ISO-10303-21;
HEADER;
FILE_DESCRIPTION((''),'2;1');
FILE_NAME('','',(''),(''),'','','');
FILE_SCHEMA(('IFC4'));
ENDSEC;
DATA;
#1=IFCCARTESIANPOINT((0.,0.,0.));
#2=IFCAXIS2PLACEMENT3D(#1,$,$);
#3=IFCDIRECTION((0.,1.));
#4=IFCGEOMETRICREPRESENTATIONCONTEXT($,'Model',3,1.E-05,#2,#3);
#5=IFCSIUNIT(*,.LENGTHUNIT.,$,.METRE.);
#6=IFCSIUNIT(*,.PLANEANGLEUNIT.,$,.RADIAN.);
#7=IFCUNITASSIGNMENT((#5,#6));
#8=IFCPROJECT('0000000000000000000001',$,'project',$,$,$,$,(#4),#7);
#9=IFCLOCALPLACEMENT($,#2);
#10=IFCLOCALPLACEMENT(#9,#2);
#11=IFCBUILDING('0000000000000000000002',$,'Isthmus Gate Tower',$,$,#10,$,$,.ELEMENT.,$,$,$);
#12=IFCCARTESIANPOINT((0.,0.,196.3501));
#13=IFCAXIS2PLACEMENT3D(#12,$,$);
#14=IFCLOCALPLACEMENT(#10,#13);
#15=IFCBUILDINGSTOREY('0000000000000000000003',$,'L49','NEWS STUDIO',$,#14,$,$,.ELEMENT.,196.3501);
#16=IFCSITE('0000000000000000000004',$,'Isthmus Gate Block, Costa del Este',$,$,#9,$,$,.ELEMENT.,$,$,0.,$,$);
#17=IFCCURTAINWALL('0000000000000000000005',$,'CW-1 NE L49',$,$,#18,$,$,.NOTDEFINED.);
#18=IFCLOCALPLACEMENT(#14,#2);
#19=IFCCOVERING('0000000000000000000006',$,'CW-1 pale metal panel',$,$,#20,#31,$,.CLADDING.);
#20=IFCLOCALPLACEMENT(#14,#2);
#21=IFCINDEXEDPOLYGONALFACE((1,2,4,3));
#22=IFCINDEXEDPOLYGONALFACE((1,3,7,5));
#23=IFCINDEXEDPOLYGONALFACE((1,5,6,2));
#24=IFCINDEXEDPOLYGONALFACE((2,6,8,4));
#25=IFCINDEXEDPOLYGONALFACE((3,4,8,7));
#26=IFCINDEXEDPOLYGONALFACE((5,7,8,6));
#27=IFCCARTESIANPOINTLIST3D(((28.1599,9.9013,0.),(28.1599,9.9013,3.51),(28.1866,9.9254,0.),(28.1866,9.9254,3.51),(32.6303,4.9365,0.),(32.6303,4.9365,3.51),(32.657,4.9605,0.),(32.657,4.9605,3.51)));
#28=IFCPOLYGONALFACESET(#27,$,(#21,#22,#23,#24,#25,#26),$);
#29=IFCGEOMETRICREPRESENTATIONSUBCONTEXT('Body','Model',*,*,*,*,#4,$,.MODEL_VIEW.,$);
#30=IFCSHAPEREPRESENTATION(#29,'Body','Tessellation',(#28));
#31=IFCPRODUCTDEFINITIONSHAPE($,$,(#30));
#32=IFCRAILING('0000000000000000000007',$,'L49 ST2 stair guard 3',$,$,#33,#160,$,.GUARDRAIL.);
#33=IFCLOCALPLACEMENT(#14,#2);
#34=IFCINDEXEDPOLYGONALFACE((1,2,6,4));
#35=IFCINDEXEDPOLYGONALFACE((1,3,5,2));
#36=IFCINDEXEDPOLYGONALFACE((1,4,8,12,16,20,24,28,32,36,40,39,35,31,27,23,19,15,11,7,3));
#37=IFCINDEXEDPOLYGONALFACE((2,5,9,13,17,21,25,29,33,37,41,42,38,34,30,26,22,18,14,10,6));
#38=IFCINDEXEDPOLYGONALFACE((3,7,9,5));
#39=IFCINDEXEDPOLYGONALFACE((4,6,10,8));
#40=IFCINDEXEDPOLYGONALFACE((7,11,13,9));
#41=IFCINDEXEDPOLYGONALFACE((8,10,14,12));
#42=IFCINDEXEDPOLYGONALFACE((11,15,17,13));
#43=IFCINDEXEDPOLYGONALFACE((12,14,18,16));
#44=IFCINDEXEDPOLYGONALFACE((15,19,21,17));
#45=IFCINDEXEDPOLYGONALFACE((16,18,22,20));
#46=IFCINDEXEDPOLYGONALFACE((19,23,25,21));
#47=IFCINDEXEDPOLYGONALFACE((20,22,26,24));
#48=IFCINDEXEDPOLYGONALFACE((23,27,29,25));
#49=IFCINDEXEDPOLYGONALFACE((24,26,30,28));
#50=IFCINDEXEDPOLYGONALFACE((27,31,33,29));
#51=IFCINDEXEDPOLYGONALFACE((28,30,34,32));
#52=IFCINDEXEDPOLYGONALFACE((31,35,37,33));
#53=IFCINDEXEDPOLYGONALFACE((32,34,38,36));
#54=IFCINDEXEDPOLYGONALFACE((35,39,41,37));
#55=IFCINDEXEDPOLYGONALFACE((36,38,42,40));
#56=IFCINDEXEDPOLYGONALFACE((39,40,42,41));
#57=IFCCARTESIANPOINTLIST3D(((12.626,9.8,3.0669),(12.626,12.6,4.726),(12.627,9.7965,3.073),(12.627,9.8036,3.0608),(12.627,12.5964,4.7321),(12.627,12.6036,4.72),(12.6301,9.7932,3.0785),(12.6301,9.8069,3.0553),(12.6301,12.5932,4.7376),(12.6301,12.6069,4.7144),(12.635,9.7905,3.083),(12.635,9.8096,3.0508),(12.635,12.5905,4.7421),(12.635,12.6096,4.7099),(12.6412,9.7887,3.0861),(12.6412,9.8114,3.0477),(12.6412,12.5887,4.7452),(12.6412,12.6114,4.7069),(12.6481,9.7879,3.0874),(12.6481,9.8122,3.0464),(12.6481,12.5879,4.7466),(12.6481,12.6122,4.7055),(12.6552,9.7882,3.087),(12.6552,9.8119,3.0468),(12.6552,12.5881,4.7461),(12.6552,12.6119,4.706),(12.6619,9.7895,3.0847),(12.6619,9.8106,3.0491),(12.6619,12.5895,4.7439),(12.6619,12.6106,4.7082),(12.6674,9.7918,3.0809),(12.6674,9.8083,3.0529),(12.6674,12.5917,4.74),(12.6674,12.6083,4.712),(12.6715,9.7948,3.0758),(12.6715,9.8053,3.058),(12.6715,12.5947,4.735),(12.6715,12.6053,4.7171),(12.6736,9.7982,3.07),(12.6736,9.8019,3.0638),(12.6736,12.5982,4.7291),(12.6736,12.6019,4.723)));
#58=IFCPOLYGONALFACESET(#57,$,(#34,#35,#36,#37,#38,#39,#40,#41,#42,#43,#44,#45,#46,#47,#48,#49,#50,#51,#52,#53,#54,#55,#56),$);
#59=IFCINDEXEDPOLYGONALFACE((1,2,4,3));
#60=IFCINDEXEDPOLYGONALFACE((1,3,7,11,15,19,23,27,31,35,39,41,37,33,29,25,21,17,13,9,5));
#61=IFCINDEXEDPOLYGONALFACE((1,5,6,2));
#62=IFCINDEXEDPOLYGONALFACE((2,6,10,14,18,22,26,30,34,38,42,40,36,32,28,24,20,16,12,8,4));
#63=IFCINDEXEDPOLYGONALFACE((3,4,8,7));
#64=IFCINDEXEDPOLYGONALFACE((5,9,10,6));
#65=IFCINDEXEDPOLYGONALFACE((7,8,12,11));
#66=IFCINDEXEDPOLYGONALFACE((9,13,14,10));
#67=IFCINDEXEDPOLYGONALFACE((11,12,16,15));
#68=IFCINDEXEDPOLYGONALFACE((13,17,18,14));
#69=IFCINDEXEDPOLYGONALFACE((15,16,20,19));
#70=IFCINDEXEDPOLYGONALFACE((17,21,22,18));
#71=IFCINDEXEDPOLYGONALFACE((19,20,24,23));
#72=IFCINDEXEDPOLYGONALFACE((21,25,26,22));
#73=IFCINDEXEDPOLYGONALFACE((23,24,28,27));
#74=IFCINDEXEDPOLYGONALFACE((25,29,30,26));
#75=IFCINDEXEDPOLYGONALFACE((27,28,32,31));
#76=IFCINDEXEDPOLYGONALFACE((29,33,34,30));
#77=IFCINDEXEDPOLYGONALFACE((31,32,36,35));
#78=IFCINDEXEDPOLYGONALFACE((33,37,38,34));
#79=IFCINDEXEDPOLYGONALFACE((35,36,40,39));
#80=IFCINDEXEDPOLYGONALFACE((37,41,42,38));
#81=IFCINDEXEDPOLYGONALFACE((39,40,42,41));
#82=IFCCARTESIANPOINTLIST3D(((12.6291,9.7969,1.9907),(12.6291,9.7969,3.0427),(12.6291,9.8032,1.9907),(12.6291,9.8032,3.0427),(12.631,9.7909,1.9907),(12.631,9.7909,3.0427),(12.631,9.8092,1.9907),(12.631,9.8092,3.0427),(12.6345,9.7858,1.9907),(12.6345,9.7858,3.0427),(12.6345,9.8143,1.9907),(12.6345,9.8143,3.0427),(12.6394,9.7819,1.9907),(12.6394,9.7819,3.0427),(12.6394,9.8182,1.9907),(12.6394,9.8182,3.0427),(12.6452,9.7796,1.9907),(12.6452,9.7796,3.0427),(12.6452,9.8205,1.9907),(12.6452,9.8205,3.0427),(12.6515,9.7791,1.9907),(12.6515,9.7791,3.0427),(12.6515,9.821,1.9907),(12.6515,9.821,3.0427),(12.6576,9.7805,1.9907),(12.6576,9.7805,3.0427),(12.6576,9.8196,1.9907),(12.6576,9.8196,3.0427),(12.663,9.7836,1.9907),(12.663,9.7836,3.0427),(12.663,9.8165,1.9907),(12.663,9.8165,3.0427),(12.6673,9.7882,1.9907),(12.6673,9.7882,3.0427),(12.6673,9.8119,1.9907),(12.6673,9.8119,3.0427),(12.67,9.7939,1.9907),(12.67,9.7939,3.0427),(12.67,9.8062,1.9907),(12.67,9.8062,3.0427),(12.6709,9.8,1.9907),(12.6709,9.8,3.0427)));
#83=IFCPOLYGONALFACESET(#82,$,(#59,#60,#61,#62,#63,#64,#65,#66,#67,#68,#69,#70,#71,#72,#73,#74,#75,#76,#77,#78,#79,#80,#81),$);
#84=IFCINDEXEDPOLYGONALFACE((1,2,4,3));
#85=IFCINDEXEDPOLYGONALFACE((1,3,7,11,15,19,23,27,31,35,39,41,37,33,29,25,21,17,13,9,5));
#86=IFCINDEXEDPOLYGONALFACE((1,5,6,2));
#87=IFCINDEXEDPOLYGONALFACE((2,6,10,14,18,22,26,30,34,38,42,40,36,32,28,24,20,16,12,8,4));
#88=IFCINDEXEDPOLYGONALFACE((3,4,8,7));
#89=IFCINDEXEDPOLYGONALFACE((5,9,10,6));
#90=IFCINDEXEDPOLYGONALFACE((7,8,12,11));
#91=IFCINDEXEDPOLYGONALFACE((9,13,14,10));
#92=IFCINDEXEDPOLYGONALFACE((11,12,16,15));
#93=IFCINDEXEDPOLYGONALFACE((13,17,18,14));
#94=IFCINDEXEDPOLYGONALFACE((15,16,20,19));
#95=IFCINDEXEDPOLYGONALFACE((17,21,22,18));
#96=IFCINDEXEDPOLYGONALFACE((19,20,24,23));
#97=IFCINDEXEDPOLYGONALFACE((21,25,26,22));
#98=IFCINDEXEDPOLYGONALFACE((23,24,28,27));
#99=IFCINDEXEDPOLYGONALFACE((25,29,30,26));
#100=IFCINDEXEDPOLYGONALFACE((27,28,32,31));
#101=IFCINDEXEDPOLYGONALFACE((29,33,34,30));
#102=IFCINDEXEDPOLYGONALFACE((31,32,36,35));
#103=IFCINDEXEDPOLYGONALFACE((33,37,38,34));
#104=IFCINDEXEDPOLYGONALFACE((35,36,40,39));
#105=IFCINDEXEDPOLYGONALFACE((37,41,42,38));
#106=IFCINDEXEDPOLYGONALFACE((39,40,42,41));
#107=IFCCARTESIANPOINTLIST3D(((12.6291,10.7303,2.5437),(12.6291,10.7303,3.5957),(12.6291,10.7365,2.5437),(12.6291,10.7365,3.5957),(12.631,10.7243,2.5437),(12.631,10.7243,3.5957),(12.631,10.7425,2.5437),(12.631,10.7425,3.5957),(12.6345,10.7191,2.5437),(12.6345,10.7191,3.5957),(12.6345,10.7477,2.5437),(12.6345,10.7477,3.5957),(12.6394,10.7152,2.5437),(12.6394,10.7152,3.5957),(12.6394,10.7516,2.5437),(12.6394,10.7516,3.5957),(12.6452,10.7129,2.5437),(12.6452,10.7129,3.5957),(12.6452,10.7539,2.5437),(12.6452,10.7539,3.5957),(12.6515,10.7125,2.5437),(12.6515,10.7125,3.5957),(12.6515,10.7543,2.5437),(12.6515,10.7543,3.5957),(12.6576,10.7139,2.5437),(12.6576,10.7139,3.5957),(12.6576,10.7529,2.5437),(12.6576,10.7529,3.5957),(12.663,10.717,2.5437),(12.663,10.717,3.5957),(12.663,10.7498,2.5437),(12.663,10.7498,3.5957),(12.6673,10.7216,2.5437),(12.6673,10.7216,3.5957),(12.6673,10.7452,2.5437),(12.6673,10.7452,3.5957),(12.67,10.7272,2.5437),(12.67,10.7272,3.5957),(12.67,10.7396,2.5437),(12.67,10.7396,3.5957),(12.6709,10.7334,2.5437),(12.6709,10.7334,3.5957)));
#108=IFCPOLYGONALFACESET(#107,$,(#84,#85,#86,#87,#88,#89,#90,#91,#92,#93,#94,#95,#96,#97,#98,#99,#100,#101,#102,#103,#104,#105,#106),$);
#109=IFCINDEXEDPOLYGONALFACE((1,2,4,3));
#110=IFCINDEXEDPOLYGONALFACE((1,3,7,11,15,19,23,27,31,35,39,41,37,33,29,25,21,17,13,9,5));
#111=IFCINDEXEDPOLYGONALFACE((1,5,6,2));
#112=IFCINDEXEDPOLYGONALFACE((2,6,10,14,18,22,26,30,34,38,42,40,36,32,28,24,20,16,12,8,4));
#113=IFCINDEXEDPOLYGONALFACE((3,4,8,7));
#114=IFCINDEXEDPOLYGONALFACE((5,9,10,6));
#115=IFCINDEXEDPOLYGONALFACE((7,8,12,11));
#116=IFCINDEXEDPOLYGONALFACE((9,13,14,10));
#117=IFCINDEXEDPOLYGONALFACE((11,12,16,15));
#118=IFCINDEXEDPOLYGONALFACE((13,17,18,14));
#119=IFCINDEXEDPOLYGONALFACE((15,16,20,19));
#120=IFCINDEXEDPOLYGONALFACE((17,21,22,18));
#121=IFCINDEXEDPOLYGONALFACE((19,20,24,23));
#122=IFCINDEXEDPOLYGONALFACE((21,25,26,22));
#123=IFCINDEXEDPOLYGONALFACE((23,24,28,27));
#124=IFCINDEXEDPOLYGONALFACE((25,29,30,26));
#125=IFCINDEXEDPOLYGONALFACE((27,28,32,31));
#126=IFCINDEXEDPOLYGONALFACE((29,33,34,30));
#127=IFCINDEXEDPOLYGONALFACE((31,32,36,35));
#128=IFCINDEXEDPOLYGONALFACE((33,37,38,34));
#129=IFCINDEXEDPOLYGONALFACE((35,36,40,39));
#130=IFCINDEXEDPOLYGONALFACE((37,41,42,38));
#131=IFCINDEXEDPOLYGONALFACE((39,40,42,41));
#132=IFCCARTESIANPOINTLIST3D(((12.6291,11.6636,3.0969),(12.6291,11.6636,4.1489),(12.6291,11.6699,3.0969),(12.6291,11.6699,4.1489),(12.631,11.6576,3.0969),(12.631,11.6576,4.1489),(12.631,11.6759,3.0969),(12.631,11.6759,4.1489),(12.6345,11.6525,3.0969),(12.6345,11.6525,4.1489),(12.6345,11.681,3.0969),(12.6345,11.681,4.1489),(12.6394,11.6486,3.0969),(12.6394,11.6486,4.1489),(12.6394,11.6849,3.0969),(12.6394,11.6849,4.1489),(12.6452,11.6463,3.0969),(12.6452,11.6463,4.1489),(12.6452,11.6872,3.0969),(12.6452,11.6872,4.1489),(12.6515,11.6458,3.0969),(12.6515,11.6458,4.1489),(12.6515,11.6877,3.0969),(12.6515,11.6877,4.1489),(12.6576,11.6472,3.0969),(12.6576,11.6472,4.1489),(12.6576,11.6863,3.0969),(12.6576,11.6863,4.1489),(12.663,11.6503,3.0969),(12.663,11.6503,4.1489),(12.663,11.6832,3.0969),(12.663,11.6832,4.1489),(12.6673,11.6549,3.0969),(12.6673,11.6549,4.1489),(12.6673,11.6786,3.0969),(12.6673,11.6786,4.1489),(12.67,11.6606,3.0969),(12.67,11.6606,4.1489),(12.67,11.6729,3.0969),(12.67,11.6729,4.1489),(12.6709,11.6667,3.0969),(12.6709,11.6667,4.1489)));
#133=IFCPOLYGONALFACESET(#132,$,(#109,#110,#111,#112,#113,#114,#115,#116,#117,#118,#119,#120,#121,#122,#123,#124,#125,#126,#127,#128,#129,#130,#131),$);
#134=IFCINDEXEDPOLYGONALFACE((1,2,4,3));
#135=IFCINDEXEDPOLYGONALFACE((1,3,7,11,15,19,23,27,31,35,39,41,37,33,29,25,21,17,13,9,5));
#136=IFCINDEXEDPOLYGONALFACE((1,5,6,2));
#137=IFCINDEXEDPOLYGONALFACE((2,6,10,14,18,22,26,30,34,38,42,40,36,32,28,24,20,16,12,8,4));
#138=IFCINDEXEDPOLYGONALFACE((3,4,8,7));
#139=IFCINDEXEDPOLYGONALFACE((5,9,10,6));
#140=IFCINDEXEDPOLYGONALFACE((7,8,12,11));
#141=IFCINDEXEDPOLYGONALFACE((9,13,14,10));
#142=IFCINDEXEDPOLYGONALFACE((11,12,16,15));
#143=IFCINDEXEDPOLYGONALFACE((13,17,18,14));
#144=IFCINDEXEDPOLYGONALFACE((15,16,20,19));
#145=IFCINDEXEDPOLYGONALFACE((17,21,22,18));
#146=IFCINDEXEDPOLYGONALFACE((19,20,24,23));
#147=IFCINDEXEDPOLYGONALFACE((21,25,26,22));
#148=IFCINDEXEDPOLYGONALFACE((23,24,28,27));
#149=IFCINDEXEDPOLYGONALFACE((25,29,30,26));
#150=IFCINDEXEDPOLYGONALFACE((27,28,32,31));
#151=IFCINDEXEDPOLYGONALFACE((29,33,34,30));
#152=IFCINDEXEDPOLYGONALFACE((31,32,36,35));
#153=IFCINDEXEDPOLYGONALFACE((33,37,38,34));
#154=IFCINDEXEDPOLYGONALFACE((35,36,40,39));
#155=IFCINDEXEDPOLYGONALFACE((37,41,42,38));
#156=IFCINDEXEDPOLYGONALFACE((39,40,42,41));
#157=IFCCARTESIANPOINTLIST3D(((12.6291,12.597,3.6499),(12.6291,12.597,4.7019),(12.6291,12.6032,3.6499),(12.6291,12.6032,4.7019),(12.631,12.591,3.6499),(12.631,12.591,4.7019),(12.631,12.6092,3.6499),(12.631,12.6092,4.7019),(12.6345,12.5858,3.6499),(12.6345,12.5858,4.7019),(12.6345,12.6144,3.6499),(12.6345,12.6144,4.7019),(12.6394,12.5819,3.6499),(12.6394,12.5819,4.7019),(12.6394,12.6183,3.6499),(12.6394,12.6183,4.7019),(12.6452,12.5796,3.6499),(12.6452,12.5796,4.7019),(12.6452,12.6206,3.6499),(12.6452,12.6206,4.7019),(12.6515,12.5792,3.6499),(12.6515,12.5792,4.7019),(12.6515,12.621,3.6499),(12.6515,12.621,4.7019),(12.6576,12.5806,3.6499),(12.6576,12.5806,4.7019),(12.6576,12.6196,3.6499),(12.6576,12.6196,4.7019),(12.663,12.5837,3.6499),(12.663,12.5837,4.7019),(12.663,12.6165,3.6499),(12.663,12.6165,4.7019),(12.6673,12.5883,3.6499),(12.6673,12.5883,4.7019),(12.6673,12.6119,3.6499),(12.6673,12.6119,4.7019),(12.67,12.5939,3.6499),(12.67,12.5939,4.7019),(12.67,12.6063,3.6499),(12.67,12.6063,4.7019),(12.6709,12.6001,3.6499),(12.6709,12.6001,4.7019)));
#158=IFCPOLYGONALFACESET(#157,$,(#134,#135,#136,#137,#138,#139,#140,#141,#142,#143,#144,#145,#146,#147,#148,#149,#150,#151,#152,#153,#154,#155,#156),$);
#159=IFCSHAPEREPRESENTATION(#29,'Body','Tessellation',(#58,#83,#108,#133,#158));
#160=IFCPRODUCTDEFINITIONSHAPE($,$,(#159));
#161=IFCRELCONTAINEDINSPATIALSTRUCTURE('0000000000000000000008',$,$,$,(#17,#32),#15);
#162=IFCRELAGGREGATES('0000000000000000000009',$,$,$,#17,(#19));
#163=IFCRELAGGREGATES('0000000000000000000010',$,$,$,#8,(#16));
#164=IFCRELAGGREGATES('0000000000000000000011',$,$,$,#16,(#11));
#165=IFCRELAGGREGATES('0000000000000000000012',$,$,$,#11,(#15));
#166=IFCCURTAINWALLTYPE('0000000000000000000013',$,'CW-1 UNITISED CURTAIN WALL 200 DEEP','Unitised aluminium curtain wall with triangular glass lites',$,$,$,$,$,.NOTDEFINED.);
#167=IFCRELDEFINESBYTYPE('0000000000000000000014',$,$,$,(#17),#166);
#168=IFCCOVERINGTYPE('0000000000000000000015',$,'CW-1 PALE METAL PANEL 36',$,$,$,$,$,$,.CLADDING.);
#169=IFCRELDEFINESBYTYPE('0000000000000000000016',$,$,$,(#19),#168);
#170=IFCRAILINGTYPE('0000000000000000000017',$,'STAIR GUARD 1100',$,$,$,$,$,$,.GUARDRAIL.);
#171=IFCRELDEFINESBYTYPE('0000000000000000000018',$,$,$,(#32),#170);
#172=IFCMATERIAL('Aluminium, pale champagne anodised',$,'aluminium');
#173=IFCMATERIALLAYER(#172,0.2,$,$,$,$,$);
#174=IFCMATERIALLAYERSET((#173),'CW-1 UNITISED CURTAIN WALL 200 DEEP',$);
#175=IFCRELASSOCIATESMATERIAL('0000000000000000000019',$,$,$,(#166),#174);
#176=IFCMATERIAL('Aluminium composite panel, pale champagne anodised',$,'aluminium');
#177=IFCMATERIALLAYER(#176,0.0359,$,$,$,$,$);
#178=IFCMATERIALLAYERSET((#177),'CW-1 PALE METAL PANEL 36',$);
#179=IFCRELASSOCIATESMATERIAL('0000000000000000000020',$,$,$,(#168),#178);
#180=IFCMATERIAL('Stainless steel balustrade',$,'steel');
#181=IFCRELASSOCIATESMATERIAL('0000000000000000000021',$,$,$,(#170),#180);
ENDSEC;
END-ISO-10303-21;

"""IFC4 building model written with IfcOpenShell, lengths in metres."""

from ifc_helpers import new_model, si_unit, direction, frame, origin, origin_2d, place, context, subcontext, project, spatial, rectangle, circle, extrude, material, layer, layer_set, type_object, element, aggregate, save


model = new_model("IFC4")

# Units and contexts
model_context = context("Model", 3, precision=1e-05, world=origin(), true_north=direction((0.0, 1.0)))
body_context = subcontext(model_context, "Body", "Model", "MODEL_VIEW")
ifc_project = project(units=[si_unit("LENGTHUNIT", "METRE"), si_unit("PLANEANGLEUNIT", "RADIAN")], contexts=[model_context])

# Site, building, storey
site_placement = place(None, origin())
site = spatial("IfcSite", under=ifc_project, at=site_placement, Name="Isthmus Gate Block, Costa del Este", CompositionType="ELEMENT", RefElevation=0.0)
building_placement = place(site_placement, origin())
building = spatial("IfcBuilding", under=site, at=building_placement, Name="Isthmus Gate Tower", CompositionType="ELEMENT")
storey_placement = place(building_placement, frame((0.0, 0.0, 196.3501)))
storey = spatial("IfcBuildingStorey", under=building, at=storey_placement, Name="L49", Description="NEWS STUDIO", CompositionType="ELEMENT", Elevation=196.3501)

# Curtain wall
ifc_material_1 = material(Name="Aluminium, pale champagne anodised", Category="aluminium")
ifc_layer_1 = layer(ifc_material_1, 0.2)
ifc_layer_set_1 = layer_set([ifc_layer_1], Name="CW-1 UNITISED CURTAIN WALL 200 DEEP")
curtain_wall_type = type_object("IfcCurtainWallType", Name="CW-1 UNITISED CURTAIN WALL 200 DEEP", Description="Unitised aluminium curtain wall with triangular glass lites", PredefinedType="NOTDEFINED", material=ifc_layer_set_1)
curtain_wall_placement = place(storey_placement, origin())
curtain_wall = element("IfcCurtainWall", 1, at=curtain_wall_placement, inside=storey, type_object=curtain_wall_type, Name="CW-1 NE L49", PredefinedType="NOTDEFINED")

# Covering
ifc_material_2 = material(Name="Aluminium composite panel, pale champagne anodised", Category="aluminium")
ifc_layer_2 = layer(ifc_material_2, 0.0359)
ifc_layer_set_2 = layer_set([ifc_layer_2], Name="CW-1 PALE METAL PANEL 36")
covering_type = type_object("IfcCoveringType", Name="CW-1 PALE METAL PANEL 36", PredefinedType="CLADDING", material=ifc_layer_set_2)
covering_placement = place(storey_placement, frame((30.4084, 7.4309, 0.0), z_axis=(0.0, 0.0, 1.0), x_axis=(-0.669131, 0.743145, 0.0)))
covering = element("IfcCovering", 2, at=covering_placement, type_object=covering_type, Name="CW-1 pale metal panel", PredefinedType="CLADDING", context=body_context, shape_type="SweptSolid", body=[
    extrude(rectangle(XDim=6.6809, YDim=0.0359, at=origin_2d()), origin(), (0.0, 0.0, 1.0), 3.51),
])
aggregate(curtain_wall, [covering])

# Railing
ifc_material_3 = material(Name="Stainless steel balustrade", Category="steel")
railing_type_1 = type_object("IfcRailingType", Name="STAIR GUARD 1100", PredefinedType="GUARDRAIL", material=ifc_material_3)
railing_1_placement = place(storey_placement, frame((12.6499, 9.8, 1.9907)))
element("IfcRailing", 3, at=railing_1_placement, inside=storey, type_object=railing_type_1, Name="L49 ST2 stair guard 3", PredefinedType="GUARDRAIL", context=body_context, shape_type="SweptSolid", body=[
    extrude(circle(Radius=0.0239, at=origin_2d()), frame((0.0, 0.0, 1.0762), z_axis=(0.0, 0.860306, 0.509778), x_axis=(-1.0, 0.0, 0.0)), (0.0, 0.0, 1.0), 3.2546),
    extrude(circle(Radius=0.021, at=origin_2d()), origin(), (0.0, 0.0, 1.0), 1.052),
    extrude(circle(Radius=0.021, at=origin_2d()), frame((0.0, 0.9333, 0.553)), (0.0, 0.0, 1.0), 1.052),
    extrude(circle(Radius=0.021, at=origin_2d()), frame((0.0, 1.8667, 1.1062)), (0.0, 0.0, 1.0), 1.052),
    extrude(circle(Radius=0.021, at=origin_2d()), frame((0.0, 2.8, 1.6592)), (0.0, 0.0, 1.0), 1.052),
])

save(model, "model.ifc")
